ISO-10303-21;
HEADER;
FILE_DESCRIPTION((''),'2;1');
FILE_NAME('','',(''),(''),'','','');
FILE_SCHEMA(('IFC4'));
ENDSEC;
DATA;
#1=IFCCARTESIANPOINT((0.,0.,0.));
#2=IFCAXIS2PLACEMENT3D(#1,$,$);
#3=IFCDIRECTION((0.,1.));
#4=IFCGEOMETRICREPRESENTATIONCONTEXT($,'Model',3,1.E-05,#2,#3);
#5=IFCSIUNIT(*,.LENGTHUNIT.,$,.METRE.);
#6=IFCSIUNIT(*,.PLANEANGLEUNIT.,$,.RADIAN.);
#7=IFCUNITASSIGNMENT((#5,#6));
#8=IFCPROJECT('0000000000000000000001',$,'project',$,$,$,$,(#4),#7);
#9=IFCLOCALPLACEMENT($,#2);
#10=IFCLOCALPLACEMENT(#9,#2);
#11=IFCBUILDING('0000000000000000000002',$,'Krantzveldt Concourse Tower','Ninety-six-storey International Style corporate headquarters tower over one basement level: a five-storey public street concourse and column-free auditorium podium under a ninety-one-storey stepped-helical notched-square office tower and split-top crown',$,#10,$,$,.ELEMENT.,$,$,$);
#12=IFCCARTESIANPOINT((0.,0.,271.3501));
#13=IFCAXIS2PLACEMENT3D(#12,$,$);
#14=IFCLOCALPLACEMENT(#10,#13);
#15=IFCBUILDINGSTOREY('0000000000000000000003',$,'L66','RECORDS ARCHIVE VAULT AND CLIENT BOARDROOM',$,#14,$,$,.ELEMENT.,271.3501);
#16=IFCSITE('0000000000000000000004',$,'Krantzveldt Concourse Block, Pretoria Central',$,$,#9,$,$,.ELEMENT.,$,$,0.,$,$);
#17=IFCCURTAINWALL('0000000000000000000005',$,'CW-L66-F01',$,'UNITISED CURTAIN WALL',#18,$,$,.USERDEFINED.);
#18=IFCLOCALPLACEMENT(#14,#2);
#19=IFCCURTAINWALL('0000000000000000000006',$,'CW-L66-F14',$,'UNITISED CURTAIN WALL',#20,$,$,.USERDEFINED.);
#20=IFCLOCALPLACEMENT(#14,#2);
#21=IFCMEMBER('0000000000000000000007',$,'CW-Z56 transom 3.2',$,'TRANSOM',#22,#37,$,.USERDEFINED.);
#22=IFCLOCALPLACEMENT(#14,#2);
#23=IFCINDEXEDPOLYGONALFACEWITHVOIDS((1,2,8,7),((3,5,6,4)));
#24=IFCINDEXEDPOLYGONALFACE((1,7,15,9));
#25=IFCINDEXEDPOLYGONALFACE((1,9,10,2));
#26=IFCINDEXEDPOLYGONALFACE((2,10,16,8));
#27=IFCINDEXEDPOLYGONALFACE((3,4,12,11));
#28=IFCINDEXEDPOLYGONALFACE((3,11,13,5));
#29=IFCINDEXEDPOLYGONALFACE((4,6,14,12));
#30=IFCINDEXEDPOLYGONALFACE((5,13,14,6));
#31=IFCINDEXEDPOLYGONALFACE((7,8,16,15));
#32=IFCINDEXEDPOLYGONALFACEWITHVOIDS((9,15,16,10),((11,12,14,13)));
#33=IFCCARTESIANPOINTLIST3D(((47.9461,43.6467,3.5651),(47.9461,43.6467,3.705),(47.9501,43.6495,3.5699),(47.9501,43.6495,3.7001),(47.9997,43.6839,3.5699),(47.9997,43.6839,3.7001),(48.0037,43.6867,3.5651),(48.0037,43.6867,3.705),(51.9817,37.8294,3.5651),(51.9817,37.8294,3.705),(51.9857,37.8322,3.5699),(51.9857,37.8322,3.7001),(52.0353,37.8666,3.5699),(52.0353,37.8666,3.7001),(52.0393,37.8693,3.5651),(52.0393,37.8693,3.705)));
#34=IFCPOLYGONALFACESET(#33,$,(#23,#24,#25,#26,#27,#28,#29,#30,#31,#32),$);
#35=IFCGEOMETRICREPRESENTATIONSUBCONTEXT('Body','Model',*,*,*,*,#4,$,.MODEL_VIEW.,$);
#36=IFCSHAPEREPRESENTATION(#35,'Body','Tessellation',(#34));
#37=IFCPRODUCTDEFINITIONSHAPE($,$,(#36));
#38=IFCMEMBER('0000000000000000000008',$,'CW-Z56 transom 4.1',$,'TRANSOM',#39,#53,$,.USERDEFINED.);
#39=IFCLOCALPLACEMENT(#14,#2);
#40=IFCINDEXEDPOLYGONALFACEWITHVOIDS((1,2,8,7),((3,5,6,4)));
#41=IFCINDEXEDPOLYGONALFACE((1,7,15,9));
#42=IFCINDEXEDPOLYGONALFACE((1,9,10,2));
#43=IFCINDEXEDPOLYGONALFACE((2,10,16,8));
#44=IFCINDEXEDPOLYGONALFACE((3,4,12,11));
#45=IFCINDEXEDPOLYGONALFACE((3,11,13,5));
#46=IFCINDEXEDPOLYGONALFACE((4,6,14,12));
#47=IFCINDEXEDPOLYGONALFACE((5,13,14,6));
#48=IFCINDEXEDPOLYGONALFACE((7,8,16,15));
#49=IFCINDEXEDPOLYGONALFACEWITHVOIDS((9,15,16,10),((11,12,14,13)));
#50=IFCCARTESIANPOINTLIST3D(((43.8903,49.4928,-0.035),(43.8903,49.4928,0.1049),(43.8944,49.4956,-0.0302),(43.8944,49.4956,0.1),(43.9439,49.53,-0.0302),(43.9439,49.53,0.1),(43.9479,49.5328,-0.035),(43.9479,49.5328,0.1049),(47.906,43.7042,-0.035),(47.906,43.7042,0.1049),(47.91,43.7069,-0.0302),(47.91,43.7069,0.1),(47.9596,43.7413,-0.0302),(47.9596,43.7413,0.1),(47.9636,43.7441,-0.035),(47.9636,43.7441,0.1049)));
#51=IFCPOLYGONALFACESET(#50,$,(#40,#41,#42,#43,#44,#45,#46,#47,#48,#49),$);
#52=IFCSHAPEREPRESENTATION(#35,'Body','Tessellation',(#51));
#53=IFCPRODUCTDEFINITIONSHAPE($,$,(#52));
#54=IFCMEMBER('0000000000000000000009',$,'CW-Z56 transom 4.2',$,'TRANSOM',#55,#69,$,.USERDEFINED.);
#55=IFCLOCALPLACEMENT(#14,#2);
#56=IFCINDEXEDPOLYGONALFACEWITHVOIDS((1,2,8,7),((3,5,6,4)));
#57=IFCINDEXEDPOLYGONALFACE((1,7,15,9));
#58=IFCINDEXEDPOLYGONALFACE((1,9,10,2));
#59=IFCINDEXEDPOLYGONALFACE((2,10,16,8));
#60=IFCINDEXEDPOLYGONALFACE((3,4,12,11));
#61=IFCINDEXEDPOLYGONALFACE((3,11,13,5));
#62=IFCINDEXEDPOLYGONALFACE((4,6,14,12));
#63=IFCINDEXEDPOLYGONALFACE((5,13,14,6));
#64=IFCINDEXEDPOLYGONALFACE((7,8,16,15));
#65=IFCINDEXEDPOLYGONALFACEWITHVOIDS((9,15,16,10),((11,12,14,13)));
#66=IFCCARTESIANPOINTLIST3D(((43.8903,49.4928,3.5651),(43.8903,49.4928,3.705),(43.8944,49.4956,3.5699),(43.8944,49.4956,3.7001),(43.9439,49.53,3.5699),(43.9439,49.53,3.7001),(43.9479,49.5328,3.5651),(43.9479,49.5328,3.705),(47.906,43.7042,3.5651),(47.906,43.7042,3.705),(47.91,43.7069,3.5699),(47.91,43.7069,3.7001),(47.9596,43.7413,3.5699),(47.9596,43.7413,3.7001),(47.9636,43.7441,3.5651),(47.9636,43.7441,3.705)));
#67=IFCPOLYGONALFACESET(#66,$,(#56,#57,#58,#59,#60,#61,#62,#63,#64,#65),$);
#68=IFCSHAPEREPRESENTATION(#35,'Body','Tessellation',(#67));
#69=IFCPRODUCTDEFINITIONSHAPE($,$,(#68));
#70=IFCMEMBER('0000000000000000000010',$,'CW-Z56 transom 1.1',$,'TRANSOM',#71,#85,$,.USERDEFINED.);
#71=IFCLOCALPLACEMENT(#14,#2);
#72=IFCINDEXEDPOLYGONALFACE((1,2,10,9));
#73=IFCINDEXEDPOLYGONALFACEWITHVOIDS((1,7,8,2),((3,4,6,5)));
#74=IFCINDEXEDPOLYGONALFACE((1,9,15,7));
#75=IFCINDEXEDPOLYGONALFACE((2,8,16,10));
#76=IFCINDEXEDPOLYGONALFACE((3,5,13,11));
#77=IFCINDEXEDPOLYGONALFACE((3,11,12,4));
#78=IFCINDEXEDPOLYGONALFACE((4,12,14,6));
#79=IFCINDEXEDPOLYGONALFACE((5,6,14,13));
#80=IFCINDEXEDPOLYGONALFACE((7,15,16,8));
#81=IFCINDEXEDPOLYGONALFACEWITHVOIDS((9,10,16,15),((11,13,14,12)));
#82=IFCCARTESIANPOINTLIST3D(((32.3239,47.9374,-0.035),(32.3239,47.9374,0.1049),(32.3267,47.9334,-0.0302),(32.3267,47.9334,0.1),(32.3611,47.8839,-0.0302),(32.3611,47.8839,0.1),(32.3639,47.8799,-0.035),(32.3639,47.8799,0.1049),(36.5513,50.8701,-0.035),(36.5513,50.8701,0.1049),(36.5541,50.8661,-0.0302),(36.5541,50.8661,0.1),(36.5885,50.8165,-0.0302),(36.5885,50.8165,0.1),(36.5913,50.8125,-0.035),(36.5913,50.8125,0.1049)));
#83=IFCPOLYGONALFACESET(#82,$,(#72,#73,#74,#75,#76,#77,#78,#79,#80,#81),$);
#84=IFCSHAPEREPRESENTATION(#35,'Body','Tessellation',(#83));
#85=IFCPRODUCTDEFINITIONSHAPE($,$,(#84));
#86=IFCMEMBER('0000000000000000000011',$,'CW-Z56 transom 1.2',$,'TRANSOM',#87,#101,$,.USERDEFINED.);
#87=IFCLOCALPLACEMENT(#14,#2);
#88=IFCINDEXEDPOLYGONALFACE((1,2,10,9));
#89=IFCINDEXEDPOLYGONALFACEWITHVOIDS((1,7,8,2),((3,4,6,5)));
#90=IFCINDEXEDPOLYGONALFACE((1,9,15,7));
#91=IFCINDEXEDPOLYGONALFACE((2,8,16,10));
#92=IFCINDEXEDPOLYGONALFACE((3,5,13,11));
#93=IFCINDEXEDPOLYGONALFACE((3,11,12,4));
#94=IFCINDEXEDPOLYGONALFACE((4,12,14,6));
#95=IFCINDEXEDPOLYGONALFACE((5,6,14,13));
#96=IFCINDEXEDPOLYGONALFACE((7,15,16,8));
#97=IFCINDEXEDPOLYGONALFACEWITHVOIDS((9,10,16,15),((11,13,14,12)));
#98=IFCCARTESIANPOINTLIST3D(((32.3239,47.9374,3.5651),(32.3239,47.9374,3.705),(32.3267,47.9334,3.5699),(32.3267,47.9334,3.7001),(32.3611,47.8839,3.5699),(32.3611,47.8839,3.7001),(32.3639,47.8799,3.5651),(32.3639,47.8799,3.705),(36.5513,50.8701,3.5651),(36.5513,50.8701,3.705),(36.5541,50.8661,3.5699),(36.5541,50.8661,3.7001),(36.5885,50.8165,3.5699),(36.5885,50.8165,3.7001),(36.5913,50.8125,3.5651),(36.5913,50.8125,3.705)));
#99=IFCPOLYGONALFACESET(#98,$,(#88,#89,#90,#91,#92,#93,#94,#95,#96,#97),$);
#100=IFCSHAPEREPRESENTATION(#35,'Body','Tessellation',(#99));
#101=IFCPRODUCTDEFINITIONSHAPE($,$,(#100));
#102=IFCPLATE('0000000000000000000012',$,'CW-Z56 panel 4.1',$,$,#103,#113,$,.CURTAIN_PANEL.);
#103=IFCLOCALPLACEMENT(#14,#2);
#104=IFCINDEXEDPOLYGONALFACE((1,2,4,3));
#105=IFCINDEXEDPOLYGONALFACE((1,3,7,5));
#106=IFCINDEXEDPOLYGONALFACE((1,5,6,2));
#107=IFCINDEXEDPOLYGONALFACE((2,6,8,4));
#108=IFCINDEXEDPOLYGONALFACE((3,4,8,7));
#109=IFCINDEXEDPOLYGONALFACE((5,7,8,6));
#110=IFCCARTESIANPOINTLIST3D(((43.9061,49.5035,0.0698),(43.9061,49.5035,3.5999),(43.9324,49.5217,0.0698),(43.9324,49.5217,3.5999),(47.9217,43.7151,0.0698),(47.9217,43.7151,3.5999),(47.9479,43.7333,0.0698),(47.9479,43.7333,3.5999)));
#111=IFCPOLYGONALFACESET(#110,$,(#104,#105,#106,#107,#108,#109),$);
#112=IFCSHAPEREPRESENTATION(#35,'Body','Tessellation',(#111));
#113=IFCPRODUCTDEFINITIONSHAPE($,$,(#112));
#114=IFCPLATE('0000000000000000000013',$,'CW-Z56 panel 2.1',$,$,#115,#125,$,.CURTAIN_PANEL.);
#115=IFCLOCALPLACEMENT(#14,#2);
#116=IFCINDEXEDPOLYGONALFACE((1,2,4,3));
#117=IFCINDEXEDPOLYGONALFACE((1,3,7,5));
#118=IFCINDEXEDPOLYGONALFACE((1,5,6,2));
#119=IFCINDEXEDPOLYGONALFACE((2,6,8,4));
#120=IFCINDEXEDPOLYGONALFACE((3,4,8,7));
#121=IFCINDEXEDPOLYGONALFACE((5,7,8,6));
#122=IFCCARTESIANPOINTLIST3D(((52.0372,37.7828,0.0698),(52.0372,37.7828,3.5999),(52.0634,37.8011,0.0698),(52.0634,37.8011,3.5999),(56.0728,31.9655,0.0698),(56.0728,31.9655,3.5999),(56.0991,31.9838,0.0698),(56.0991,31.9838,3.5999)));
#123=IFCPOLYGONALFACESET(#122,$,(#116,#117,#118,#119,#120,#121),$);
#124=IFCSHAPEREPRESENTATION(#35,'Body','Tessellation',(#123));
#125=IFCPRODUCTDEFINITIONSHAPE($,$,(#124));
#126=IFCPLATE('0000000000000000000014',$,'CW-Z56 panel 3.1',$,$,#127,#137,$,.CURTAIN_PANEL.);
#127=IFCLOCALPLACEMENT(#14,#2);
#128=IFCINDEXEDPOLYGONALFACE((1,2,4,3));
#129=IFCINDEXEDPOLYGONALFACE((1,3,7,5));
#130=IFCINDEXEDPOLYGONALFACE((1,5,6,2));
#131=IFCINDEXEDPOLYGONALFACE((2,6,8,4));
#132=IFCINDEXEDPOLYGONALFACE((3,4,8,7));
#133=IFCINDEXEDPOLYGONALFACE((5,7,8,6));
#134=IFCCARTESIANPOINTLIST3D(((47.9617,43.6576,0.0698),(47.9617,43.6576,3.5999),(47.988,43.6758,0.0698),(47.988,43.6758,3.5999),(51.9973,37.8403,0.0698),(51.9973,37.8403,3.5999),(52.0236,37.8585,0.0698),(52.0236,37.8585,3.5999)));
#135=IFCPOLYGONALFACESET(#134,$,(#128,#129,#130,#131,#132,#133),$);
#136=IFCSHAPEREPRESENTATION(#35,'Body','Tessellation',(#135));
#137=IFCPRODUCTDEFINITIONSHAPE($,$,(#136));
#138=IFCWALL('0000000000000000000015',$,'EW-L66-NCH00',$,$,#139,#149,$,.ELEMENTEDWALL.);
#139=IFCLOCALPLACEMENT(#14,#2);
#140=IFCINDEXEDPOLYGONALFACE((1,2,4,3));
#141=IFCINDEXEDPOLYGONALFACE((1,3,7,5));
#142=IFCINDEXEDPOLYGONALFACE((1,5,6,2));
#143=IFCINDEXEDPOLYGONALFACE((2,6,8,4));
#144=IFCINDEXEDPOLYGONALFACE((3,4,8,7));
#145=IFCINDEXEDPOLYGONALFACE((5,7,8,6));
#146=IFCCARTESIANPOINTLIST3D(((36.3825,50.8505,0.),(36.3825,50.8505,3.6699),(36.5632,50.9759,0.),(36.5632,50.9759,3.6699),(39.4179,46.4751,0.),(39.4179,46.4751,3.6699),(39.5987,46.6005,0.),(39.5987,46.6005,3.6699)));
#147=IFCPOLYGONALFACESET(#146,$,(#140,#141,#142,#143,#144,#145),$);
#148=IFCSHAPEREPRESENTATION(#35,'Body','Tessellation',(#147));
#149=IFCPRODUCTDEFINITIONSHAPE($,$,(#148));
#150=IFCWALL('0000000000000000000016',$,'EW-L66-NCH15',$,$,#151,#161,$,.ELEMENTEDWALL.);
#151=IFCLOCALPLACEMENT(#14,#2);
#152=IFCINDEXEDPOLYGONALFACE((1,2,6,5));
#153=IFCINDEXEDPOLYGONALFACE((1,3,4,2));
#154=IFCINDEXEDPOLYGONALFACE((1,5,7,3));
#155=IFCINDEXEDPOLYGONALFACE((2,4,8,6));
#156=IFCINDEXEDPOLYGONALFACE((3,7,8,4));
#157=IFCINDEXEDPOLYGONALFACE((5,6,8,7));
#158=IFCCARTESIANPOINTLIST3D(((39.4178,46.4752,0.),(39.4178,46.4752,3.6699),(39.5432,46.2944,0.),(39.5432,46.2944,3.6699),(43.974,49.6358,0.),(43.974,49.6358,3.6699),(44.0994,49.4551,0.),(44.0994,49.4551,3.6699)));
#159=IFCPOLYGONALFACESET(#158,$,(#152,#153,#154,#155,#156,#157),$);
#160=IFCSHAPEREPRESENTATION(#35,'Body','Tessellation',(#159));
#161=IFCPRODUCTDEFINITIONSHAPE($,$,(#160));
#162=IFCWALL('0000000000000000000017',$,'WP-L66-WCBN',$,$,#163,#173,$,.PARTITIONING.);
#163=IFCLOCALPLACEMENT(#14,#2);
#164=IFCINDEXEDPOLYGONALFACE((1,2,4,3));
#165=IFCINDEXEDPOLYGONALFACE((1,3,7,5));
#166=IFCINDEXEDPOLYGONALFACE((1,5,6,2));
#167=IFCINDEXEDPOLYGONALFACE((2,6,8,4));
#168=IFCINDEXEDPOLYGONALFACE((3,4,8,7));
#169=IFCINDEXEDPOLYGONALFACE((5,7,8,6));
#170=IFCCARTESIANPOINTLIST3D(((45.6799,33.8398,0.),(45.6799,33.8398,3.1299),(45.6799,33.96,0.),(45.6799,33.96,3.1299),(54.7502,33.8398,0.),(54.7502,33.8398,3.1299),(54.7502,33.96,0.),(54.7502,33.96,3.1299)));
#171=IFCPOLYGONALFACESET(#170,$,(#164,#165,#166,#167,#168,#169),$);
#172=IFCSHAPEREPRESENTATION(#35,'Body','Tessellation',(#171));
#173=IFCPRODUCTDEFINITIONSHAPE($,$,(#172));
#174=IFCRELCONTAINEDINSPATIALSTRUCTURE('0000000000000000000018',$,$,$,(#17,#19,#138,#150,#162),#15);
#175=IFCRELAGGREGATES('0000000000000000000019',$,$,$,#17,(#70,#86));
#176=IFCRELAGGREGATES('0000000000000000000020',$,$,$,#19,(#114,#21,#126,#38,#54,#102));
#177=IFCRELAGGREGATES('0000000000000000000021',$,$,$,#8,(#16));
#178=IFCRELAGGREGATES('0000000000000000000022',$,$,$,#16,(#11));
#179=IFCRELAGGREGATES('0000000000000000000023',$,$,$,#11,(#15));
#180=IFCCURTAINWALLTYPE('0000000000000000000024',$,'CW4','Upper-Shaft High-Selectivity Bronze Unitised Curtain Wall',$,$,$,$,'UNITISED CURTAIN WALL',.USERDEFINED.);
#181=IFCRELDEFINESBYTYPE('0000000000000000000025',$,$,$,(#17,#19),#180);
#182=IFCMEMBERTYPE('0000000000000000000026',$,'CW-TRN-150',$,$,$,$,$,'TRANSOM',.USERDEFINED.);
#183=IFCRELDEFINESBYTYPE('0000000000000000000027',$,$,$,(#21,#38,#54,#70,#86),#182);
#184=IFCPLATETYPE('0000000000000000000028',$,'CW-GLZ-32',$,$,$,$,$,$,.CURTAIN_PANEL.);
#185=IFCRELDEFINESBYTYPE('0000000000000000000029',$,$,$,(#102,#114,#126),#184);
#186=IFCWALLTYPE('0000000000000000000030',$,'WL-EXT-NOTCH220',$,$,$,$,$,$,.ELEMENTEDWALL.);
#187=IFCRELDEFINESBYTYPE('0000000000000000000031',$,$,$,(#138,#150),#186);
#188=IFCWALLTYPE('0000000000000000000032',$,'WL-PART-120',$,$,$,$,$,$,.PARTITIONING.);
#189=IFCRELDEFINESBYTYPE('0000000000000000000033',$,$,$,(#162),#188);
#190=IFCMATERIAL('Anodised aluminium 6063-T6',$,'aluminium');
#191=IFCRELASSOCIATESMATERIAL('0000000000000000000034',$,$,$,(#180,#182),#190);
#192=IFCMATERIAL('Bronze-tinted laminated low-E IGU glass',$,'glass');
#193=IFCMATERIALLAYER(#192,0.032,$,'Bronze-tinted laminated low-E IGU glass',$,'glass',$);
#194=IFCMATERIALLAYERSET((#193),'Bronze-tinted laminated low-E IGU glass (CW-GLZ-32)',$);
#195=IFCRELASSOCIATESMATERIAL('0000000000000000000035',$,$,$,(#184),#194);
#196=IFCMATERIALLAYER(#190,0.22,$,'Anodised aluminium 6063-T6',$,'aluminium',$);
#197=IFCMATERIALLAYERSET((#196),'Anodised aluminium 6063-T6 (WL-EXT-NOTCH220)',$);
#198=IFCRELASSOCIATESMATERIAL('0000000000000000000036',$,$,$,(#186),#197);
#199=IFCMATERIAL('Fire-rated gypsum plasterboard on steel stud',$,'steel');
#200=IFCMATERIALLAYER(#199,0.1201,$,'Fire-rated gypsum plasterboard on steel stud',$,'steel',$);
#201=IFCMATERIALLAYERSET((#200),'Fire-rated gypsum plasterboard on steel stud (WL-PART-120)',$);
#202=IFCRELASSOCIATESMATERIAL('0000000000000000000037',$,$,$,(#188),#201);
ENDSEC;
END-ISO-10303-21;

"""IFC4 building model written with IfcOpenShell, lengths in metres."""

from ifc_helpers import new_model, si_unit, direction, frame, frame_2d, origin, origin_2d, place, context, subcontext, project, spatial, rectangle, hollow_rectangle, extrude, source, transform, mapped, material, layer, layer_set, material_profile, profile_set, type_object, type_shapes, element, aggregate, save


model = new_model("IFC4")

# Units and contexts
model_context = context("Model", 3, precision=1e-05, world=origin(), true_north=direction((0.0, 1.0)))
body_context = subcontext(model_context, "Body", "Model", "MODEL_VIEW")
ifc_project = project(units=[si_unit("LENGTHUNIT", "METRE"), si_unit("PLANEANGLEUNIT", "RADIAN")], contexts=[model_context])

# Site, building, storey
site_placement = place(None, origin())
site = spatial("IfcSite", under=ifc_project, at=site_placement, Name="Krantzveldt Concourse Block, Pretoria Central", CompositionType="ELEMENT", RefElevation=0.0)
building_placement = place(site_placement, origin())
building = spatial("IfcBuilding", under=site, at=building_placement, Name="Krantzveldt Concourse Tower", Description="Ninety-six-storey International Style corporate headquarters tower over one basement level: a five-storey public street concourse and column-free auditorium podium under a ninety-one-storey stepped-helical notched-square office tower and split-top crown", CompositionType="ELEMENT")
storey_placement = place(building_placement, frame((0.0, 0.0, 271.3501)))
storey = spatial("IfcBuildingStorey", under=building, at=storey_placement, Name="L66", Description="RECORDS ARCHIVE VAULT AND CLIENT BOARDROOM", CompositionType="ELEMENT", Elevation=271.3501)

# Curtain wall
ifc_material_1 = material(Name="Anodised aluminium 6063-T6", Category="aluminium")
curtain_wall_type = type_object("IfcCurtainWallType", Name="CW4", Description="Upper-Shaft High-Selectivity Bronze Unitised Curtain Wall", ElementType="UNITISED CURTAIN WALL", PredefinedType="USERDEFINED", material=ifc_material_1)
curtain_wall_1_placement = place(storey_placement, origin())
curtain_wall_1 = element("IfcCurtainWall", 1, at=curtain_wall_1_placement, inside=storey, type_object=curtain_wall_type, Name="CW-L66-F01", ObjectType="UNITISED CURTAIN WALL", PredefinedType="USERDEFINED")

# Curtain wall, members
curtain_wall_2_placement = place(storey_placement, origin())
curtain_wall_2 = element("IfcCurtainWall", 2, at=curtain_wall_2_placement, inside=storey, type_object=curtain_wall_type, Name="CW-L66-F14", ObjectType="UNITISED CURTAIN WALL", PredefinedType="USERDEFINED")
ifc_material_profile_1 = material_profile(ifc_material_1, hollow_rectangle(XDim=0.0701, YDim=0.1399, WallThickness=0.0049, at=origin_2d()), Name="Anodised aluminium 6063-T6", Category="aluminium")
ifc_profile_set_1 = profile_set([ifc_material_profile_1], Name="Anodised aluminium 6063-T6 - ALU-TRAN 140x70x5")
member_type_1 = type_object("IfcMemberType", Name="CW-TRN-150", ElementType="TRANSOM", PredefinedType="USERDEFINED", material=ifc_profile_set_1)
shared_shape_1 = source(origin(), body_context, "Body", "SweptSolid", [
    extrude(hollow_rectangle(XDim=0.0701, YDim=0.1399, WallThickness=0.0049, at=origin_2d()), origin(), (0.0, 0.0, 1.0), 7.0801),
])
member_1_placement = place(storey_placement, frame((52.0105, 37.8494, 3.635), z_axis=(-0.569995, 0.821648, 0.0), x_axis=(-0.821648, -0.569995, 0.0)))
member_1 = element("IfcMember", 3, at=member_1_placement, type_object=member_type_1, Name="CW-Z56 transom 3.2", ObjectType="TRANSOM", PredefinedType="USERDEFINED", context=body_context, shape_type="MappedRepresentation", body=[
    mapped(shared_shape_1, transform((0.0, 0.0, 0.0), x_axis=(1.0, 0.0, 0.0), y_axis=(0.0, 1.0, 0.0), z_axis=(0.0, 0.0, 1.0), scale=1.0)),
])
shared_shape_2 = source(origin(), body_context, "Body", "SweptSolid", [
    extrude(hollow_rectangle(XDim=0.0701, YDim=0.1399, WallThickness=0.0049, at=origin_2d()), origin(), (0.0, 0.0, 1.0), 7.0452),
])
member_2_placement = place(storey_placement, frame((47.9348, 43.7241, 0.0349), z_axis=(-0.569992, 0.82165, 0.0), x_axis=(-0.82165, -0.569992, 0.0)))
member_2 = element("IfcMember", 4, at=member_2_placement, type_object=member_type_1, Name="CW-Z56 transom 4.1", ObjectType="TRANSOM", PredefinedType="USERDEFINED", context=body_context, shape_type="MappedRepresentation", body=[
    mapped(shared_shape_2, transform((0.0, 0.0, 0.0), x_axis=(1.0, 0.0, 0.0), y_axis=(0.0, 1.0, 0.0), z_axis=(0.0, 0.0, 1.0), scale=1.0)),
])
member_3_placement = place(storey_placement, frame((47.9348, 43.7241, 3.635), z_axis=(-0.569992, 0.82165, 0.0), x_axis=(-0.82165, -0.569992, 0.0)))
member_3 = element("IfcMember", 5, at=member_3_placement, type_object=member_type_1, Name="CW-Z56 transom 4.2", ObjectType="TRANSOM", PredefinedType="USERDEFINED", context=body_context, shape_type="MappedRepresentation", body=[
    mapped(shared_shape_2, transform((0.0, 0.0, 0.0), x_axis=(1.0, 0.0, 0.0), y_axis=(0.0, 1.0, 0.0), z_axis=(0.0, 0.0, 1.0), scale=1.0)),
])

# Members
shared_shape_3 = source(origin(), body_context, "Body", "SweptSolid", [
    extrude(hollow_rectangle(XDim=0.0701, YDim=0.1399, WallThickness=0.0049, at=origin_2d()), origin(), (0.0, 0.0, 1.0), 5.145),
])
type_shapes(member_type_1, [shared_shape_1, shared_shape_2, shared_shape_3])
member_4_placement = place(storey_placement, frame((36.5713, 50.8413, 0.0349), z_axis=(-0.821643, -0.570002, 0.0), x_axis=(0.570002, -0.821643, 0.0)))
member_4 = element("IfcMember", 6, at=member_4_placement, type_object=member_type_1, Name="CW-Z56 transom 1.1", ObjectType="TRANSOM", PredefinedType="USERDEFINED", context=body_context, shape_type="MappedRepresentation", body=[
    mapped(shared_shape_3, transform((0.0, 0.0, 0.0), x_axis=(1.0, 0.0, 0.0), y_axis=(0.0, 1.0, 0.0), z_axis=(0.0, 0.0, 1.0), scale=1.0)),
])
member_5_placement = place(storey_placement, frame((36.5713, 50.8413, 3.635), z_axis=(-0.821643, -0.570002, 0.0), x_axis=(0.570002, -0.821643, 0.0)))
member_5 = element("IfcMember", 7, at=member_5_placement, type_object=member_type_1, Name="CW-Z56 transom 1.2", ObjectType="TRANSOM", PredefinedType="USERDEFINED", context=body_context, shape_type="MappedRepresentation", body=[
    mapped(shared_shape_3, transform((0.0, 0.0, 0.0), x_axis=(1.0, 0.0, 0.0), y_axis=(0.0, 1.0, 0.0), z_axis=(0.0, 0.0, 1.0), scale=1.0)),
])
aggregate(curtain_wall_1, [member_4, member_5])

# Plates
ifc_material_2 = material(Name="Bronze-tinted laminated low-E IGU glass", Category="glass")
ifc_layer_1 = layer(ifc_material_2, 0.032, Name="Bronze-tinted laminated low-E IGU glass", Category="glass")
ifc_layer_set_1 = layer_set([ifc_layer_1], Name="Bronze-tinted laminated low-E IGU glass (CW-GLZ-32)")
plate_type = type_object("IfcPlateType", Name="CW-GLZ-32", PredefinedType="CURTAIN_PANEL", material=ifc_layer_set_1)
shared_shape_4 = source(origin(), body_context, "Body", "SweptSolid", [
    extrude(rectangle(XDim=7.0449, YDim=0.032, at=origin_2d()), origin(), (0.0, 0.0, 1.0), 3.53),
])
plate_1_placement = place(storey_placement, frame((45.927, 46.6184, 0.0698), z_axis=(0.0, 0.0, 1.0), x_axis=(-0.569997, 0.821647, 0.0)))
plate_1 = element("IfcPlate", 8, at=plate_1_placement, type_object=plate_type, Name="CW-Z56 panel 4.1", PredefinedType="CURTAIN_PANEL", context=body_context, shape_type="MappedRepresentation", body=[
    mapped(shared_shape_4, transform((0.0, 0.0, 0.0), x_axis=(1.0, 0.0, 0.0), y_axis=(0.0, 1.0, 0.0), z_axis=(0.0, 0.0, 1.0), scale=1.0)),
])
shared_shape_5 = source(origin(), body_context, "Body", "SweptSolid", [
    extrude(rectangle(XDim=7.0801, YDim=0.032, at=origin_2d()), origin(), (0.0, 0.0, 1.0), 3.53),
])
type_shapes(plate_type, [shared_shape_4, shared_shape_5])
plate_2_placement = place(storey_placement, frame((54.0681, 34.8833, 0.0698), z_axis=(0.0, 0.0, 1.0), x_axis=(-0.569997, 0.821647, 0.0)))
plate_2 = element("IfcPlate", 9, at=plate_2_placement, type_object=plate_type, Name="CW-Z56 panel 2.1", PredefinedType="CURTAIN_PANEL", context=body_context, shape_type="MappedRepresentation", body=[
    mapped(shared_shape_5, transform((0.0, 0.0, 0.0), x_axis=(1.0, 0.0, 0.0), y_axis=(0.0, 1.0, 0.0), z_axis=(0.0, 0.0, 1.0), scale=1.0)),
])
plate_3_placement = place(storey_placement, frame((49.9927, 40.7581, 0.0698), z_axis=(0.0, 0.0, 1.0), x_axis=(-0.569997, 0.821647, 0.0)))
plate_3 = element("IfcPlate", 10, at=plate_3_placement, type_object=plate_type, Name="CW-Z56 panel 3.1", PredefinedType="CURTAIN_PANEL", context=body_context, shape_type="MappedRepresentation", body=[
    mapped(shared_shape_5, transform((0.0, 0.0, 0.0), x_axis=(1.0, 0.0, 0.0), y_axis=(0.0, 1.0, 0.0), z_axis=(0.0, 0.0, 1.0), scale=1.0)),
])
aggregate(curtain_wall_2, [plate_2, member_1, plate_3, member_2, member_3, plate_1])

# Walls
ifc_layer_2 = layer(ifc_material_1, 0.22, Name="Anodised aluminium 6063-T6", Category="aluminium")
ifc_layer_set_2 = layer_set([ifc_layer_2], Name="Anodised aluminium 6063-T6 (WL-EXT-NOTCH220)")
wall_type_1 = type_object("IfcWallType", Name="WL-EXT-NOTCH220", PredefinedType="ELEMENTEDWALL", material=ifc_layer_set_2)
wall_1_placement = place(storey_placement, frame((39.5083, 46.5378, 0.0), z_axis=(0.0, 0.0, 1.0), x_axis=(-0.57002, 0.821631, 0.0)))
element("IfcWall", 11, at=wall_1_placement, inside=storey, type_object=wall_type_1, Name="EW-L66-NCH00", PredefinedType="ELEMENTEDWALL", context=body_context, shape_type="SweptSolid", body=[
    extrude(rectangle(XDim=5.3252, YDim=0.22, at=frame_2d((2.6626, 0.0))), origin(), (0.0, 0.0, 1.0), 3.6699),
])
wall_2_placement = place(storey_placement, frame((44.0366, 49.5454, 0.0), z_axis=(0.0, 0.0, 1.0), x_axis=(-0.821653, -0.569988, 0.0)))
element("IfcWall", 12, at=wall_2_placement, inside=storey, type_object=wall_type_1, Name="EW-L66-NCH15", PredefinedType="ELEMENTEDWALL", context=body_context, shape_type="SweptSolid", body=[
    extrude(rectangle(XDim=5.5452, YDim=0.22, at=frame_2d((2.7725, 0.0))), origin(), (0.0, 0.0, 1.0), 3.6699),
])
ifc_material_3 = material(Name="Fire-rated gypsum plasterboard on steel stud", Category="steel")
ifc_layer_3 = layer(ifc_material_3, 0.1201, Name="Fire-rated gypsum plasterboard on steel stud", Category="steel")
ifc_layer_set_3 = layer_set([ifc_layer_3], Name="Fire-rated gypsum plasterboard on steel stud (WL-PART-120)")
wall_type_2 = type_object("IfcWallType", Name="WL-PART-120", PredefinedType="PARTITIONING", material=ifc_layer_set_3)
wall_3_placement = place(storey_placement, frame((45.6799, 33.8999, 0.0), z_axis=(0.0, 0.0, 1.0), x_axis=(1.0, 0.0, 0.0)))
element("IfcWall", 13, at=wall_3_placement, inside=storey, type_object=wall_type_2, Name="WP-L66-WCBN", PredefinedType="PARTITIONING", context=body_context, shape_type="SweptSolid", body=[
    extrude(rectangle(XDim=9.0703, YDim=0.1201, at=frame_2d((4.5352, 0.0))), origin(), (0.0, 0.0, 1.0), 3.1299),
])

save(model, "model.ifc")
